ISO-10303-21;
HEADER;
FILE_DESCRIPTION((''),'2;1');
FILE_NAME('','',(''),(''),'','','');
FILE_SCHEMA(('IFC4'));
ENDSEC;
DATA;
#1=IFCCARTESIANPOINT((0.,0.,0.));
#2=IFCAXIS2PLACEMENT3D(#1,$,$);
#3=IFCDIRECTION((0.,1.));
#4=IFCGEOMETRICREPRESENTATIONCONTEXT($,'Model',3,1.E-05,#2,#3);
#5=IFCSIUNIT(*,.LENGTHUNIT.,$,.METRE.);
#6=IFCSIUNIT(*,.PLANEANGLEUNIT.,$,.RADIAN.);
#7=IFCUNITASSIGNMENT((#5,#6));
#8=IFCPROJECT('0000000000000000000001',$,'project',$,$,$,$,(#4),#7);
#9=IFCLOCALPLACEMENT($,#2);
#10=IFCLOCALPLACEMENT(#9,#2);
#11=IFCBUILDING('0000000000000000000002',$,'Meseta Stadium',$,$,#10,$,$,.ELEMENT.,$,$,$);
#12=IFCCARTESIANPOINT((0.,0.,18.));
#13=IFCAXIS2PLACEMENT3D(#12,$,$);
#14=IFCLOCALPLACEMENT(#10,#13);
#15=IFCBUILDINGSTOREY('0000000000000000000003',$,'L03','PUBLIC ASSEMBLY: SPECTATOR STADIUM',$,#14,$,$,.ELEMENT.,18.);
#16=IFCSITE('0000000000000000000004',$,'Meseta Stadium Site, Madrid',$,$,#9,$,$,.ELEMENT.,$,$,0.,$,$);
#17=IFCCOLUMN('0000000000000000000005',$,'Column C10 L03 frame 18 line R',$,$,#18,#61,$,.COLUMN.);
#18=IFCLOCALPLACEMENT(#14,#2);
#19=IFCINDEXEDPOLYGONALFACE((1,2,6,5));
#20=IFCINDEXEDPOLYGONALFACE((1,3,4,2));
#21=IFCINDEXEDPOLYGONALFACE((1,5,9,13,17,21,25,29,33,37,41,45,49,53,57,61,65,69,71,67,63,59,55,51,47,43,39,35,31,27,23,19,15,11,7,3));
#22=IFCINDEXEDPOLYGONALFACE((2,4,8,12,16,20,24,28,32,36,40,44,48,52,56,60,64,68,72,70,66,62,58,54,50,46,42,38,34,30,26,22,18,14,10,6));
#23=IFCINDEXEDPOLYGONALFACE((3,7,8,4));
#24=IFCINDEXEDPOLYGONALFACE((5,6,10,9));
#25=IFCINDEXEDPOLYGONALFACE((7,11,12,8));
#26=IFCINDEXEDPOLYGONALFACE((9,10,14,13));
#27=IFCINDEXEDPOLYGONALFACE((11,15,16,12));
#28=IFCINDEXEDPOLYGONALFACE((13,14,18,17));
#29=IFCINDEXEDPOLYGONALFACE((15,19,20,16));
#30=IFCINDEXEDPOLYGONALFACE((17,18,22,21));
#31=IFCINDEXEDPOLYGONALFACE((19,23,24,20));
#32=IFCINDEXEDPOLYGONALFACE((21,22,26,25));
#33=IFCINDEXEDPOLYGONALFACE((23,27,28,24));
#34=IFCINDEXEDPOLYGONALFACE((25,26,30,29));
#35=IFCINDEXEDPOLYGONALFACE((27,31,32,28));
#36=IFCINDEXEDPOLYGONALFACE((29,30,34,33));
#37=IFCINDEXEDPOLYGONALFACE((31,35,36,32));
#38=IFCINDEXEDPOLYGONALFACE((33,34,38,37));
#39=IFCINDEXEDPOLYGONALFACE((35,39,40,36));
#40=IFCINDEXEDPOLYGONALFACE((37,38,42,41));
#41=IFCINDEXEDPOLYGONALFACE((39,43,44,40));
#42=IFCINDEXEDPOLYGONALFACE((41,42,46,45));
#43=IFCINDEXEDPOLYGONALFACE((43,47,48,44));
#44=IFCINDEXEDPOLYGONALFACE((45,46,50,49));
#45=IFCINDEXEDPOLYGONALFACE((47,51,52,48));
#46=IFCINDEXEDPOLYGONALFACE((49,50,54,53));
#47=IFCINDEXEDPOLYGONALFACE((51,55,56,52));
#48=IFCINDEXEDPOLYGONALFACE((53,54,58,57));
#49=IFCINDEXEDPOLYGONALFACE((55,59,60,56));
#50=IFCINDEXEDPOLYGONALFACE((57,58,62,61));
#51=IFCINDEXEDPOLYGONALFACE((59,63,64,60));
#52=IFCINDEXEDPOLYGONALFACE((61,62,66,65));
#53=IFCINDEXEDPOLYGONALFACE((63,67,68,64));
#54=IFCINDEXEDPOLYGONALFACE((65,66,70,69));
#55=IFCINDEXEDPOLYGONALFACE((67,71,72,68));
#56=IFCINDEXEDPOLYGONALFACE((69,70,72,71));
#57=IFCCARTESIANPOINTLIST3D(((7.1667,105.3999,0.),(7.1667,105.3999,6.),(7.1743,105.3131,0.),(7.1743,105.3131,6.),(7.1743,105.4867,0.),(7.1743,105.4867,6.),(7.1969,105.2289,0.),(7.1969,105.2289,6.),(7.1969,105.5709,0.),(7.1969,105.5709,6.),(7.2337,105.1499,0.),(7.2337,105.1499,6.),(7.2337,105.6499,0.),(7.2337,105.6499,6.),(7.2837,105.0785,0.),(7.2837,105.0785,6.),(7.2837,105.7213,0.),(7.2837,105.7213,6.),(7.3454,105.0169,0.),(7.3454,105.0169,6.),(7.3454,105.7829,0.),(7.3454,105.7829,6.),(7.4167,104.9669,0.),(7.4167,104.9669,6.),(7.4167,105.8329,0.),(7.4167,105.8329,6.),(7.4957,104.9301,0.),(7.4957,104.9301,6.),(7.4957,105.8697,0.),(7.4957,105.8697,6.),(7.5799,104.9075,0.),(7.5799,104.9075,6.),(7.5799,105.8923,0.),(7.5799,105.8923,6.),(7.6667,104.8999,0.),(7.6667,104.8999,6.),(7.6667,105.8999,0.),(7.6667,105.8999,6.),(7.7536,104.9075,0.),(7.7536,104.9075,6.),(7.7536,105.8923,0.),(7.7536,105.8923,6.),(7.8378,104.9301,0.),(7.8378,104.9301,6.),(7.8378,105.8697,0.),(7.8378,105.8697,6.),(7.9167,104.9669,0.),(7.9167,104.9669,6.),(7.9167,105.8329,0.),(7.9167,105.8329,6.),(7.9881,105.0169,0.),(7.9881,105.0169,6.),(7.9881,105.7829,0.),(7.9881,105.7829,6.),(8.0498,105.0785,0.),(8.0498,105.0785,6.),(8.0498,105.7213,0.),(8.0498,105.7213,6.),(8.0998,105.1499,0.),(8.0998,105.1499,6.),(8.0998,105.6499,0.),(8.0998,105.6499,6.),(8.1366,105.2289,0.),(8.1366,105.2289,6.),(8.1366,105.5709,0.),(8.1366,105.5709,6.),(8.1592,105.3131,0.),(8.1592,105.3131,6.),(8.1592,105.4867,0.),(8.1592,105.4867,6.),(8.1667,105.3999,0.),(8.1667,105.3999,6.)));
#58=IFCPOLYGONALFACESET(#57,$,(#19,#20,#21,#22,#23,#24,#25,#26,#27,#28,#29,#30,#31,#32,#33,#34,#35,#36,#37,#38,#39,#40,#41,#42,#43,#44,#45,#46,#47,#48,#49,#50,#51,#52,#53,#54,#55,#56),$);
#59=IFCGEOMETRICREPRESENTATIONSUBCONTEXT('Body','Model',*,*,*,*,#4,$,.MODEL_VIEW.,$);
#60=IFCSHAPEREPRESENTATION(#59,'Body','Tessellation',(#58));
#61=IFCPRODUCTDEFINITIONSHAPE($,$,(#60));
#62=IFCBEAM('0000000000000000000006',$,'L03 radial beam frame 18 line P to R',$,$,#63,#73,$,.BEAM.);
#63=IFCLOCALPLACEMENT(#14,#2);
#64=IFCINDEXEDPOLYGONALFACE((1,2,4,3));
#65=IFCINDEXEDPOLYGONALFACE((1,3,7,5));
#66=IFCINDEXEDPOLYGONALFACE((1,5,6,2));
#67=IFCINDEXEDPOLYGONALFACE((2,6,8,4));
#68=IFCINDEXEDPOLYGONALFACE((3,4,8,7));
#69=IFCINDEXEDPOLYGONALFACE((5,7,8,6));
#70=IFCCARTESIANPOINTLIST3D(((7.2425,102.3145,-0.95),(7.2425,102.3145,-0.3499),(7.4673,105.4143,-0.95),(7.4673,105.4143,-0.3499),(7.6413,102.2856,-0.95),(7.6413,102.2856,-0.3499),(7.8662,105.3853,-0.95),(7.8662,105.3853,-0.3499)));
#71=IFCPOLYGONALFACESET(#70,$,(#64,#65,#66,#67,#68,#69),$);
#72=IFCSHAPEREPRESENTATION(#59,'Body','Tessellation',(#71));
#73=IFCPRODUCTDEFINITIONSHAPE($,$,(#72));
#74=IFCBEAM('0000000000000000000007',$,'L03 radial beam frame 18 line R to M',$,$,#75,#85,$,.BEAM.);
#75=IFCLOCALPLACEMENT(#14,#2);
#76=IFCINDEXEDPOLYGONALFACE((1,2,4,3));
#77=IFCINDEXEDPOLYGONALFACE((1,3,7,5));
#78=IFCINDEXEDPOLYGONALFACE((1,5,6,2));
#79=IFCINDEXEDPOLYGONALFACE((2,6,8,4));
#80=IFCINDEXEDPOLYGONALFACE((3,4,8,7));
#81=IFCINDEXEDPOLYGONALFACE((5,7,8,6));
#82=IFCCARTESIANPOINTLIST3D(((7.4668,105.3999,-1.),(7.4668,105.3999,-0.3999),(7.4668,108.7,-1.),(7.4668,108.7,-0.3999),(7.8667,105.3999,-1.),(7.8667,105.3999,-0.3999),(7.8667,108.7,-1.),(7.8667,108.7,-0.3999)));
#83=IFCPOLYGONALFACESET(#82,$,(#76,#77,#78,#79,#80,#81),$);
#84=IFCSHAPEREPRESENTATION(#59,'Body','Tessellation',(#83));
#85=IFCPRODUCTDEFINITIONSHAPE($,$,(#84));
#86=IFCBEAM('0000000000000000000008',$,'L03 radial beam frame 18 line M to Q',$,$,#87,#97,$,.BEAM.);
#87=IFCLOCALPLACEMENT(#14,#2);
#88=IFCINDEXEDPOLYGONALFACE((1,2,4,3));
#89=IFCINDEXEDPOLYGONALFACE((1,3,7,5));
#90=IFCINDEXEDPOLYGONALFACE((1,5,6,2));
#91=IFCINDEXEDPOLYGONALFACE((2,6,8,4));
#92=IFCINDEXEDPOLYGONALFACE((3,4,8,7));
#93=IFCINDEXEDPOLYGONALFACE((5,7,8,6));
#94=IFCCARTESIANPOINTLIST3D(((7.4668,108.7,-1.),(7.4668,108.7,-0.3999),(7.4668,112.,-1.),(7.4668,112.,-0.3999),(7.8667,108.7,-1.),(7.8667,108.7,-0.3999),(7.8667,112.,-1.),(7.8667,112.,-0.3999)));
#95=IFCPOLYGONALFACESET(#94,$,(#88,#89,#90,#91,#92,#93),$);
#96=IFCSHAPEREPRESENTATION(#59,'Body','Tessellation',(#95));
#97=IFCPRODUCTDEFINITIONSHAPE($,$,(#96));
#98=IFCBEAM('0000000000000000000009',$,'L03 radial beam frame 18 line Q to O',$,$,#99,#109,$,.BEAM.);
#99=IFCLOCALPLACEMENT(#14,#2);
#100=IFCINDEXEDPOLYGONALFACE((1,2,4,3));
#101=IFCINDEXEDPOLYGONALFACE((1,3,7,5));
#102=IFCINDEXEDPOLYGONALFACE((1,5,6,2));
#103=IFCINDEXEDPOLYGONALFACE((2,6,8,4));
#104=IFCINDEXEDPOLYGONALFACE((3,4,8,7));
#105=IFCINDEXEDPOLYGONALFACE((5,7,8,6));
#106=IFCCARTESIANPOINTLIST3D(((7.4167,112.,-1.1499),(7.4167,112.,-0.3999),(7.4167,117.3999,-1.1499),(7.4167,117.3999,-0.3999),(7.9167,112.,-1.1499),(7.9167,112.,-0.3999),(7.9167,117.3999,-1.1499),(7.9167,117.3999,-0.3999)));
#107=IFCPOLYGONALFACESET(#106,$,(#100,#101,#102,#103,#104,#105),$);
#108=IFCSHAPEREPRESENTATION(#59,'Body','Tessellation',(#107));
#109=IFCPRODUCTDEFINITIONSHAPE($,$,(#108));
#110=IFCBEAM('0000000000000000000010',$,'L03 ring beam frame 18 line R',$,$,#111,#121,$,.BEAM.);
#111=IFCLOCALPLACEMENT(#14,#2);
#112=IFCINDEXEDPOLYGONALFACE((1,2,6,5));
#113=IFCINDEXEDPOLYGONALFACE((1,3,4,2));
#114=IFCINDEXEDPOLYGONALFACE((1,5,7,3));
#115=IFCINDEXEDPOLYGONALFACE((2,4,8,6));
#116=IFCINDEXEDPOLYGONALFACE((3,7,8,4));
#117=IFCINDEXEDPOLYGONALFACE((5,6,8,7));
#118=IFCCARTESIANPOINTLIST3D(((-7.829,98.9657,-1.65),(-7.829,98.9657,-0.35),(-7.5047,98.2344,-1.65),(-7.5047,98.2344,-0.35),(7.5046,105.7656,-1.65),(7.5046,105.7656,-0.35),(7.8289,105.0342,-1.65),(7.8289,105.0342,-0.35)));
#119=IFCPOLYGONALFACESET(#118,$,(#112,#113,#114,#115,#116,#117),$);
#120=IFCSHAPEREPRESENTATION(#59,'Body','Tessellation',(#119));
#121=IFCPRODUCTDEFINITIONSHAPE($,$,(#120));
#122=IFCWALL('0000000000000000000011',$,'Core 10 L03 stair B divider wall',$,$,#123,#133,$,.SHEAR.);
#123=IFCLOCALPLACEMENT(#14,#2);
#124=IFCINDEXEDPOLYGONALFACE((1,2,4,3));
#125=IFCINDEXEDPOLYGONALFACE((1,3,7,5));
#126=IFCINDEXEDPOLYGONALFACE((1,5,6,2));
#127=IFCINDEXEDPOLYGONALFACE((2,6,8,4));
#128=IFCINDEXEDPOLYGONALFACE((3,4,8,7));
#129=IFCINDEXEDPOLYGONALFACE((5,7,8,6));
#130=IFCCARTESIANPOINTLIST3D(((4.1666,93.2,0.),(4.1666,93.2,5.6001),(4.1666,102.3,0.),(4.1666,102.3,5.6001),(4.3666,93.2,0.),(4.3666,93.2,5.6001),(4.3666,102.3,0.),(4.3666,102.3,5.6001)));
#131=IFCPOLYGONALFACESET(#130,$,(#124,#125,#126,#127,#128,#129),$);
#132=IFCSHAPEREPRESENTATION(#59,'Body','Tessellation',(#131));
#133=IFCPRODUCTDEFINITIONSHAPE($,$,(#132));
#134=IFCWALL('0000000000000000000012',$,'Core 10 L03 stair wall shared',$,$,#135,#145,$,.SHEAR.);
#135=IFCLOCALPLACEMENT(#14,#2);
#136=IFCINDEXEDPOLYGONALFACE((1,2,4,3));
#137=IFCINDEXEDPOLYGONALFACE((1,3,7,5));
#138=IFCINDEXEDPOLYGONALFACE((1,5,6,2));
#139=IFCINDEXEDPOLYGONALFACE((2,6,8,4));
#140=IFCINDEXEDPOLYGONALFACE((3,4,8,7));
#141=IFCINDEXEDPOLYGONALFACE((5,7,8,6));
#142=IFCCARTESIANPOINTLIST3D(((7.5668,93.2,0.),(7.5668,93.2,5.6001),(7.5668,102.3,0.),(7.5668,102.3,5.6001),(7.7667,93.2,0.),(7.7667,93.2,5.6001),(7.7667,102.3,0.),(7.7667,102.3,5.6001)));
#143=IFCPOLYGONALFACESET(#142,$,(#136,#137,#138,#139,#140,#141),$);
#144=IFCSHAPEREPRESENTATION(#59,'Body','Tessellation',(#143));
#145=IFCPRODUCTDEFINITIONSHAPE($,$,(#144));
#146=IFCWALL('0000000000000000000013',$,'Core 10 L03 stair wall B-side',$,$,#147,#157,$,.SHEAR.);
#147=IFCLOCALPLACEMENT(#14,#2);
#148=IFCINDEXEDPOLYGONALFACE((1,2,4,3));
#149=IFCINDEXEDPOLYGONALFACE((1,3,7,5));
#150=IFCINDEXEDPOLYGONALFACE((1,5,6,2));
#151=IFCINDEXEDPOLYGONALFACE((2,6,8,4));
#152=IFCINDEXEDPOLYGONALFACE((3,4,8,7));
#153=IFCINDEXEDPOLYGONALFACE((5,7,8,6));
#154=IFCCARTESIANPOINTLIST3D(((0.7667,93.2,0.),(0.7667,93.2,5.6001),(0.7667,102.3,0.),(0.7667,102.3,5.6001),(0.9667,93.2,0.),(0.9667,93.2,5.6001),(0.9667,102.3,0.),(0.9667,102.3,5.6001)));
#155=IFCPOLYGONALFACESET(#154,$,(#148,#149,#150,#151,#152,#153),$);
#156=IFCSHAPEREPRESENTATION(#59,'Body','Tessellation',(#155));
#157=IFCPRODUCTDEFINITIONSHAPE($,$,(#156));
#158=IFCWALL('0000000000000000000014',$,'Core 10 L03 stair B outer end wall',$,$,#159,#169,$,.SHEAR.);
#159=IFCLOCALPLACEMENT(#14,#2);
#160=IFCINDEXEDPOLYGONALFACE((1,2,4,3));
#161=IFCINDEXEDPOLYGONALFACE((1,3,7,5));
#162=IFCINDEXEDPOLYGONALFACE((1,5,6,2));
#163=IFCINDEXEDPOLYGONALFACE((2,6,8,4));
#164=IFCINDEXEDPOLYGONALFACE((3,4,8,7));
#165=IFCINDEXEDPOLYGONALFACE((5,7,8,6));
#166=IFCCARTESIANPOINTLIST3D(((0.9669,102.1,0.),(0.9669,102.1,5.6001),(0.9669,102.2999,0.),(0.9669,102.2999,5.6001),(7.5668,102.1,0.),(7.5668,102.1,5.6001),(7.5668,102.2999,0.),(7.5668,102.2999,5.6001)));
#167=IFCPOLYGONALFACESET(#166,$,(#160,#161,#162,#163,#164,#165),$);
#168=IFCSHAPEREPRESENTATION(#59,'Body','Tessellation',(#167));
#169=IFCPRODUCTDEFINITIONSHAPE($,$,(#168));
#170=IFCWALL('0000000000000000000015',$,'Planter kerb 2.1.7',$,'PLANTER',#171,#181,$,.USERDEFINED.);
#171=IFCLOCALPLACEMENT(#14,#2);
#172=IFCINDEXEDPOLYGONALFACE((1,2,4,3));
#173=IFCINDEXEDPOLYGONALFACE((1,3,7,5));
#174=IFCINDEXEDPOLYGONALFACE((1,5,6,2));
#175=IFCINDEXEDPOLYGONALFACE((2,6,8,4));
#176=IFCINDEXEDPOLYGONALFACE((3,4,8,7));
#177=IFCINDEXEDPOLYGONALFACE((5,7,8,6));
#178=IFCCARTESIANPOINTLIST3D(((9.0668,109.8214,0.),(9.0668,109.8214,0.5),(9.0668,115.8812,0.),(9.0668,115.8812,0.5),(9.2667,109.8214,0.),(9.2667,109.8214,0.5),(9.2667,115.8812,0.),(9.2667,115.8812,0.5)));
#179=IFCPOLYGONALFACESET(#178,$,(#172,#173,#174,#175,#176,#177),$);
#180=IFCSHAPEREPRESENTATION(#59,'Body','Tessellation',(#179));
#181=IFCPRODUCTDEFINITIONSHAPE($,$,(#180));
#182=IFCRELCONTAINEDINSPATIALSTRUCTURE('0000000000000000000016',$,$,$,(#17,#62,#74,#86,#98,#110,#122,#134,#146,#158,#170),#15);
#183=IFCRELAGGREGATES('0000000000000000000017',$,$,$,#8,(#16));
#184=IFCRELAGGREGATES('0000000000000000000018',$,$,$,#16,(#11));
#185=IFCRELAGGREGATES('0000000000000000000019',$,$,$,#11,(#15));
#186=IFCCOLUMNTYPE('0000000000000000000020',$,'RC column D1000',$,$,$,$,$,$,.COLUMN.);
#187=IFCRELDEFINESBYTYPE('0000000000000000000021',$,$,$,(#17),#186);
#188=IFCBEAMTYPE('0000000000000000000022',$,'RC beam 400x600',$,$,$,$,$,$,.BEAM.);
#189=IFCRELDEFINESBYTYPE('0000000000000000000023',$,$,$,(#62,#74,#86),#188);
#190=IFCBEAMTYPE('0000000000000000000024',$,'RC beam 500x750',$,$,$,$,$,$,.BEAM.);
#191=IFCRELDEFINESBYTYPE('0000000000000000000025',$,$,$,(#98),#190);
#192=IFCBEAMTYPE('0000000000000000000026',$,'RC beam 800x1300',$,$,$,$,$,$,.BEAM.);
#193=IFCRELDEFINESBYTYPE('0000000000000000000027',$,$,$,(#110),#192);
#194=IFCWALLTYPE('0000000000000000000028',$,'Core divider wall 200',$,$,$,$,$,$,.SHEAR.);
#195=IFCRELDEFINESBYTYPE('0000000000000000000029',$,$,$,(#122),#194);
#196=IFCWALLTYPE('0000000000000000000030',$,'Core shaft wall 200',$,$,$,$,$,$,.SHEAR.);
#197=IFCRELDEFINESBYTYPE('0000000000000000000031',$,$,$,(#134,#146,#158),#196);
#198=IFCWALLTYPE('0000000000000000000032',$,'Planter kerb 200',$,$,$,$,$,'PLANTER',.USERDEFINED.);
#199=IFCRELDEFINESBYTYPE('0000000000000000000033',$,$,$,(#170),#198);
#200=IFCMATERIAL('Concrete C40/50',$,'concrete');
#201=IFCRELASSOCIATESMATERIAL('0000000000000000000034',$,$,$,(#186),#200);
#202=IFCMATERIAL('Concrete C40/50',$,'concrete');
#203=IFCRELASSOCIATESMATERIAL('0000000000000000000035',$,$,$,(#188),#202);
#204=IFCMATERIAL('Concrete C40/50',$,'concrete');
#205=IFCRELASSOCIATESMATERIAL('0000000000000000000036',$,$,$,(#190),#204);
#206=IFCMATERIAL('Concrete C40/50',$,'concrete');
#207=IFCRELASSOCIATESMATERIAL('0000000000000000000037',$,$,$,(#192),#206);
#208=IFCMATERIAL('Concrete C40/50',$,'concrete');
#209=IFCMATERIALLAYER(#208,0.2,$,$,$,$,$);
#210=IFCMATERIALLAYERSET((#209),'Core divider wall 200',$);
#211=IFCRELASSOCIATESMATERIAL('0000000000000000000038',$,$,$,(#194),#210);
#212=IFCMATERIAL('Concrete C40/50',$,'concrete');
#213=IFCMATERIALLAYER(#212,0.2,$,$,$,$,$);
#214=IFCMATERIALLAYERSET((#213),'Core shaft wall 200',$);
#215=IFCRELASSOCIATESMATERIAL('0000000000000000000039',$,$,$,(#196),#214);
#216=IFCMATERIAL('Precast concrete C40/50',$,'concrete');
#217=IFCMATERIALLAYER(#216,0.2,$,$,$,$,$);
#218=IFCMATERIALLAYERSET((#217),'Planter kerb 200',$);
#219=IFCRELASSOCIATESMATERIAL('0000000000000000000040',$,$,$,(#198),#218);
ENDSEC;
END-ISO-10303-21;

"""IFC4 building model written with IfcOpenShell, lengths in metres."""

from ifc_helpers import new_model, si_unit, direction, frame, frame_2d, origin, origin_2d, place, context, subcontext, project, spatial, rectangle, circle, extrude, material, layer, layer_set, material_profile, profile_set, type_object, element, save


model = new_model("IFC4")

# Units and contexts
model_context = context("Model", 3, precision=1e-05, world=origin(), true_north=direction((0.0, 1.0)))
body_context = subcontext(model_context, "Body", "Model", "MODEL_VIEW")
ifc_project = project(units=[si_unit("LENGTHUNIT", "METRE"), si_unit("PLANEANGLEUNIT", "RADIAN")], contexts=[model_context])

# Site, building, storey
site_placement = place(None, origin())
site = spatial("IfcSite", under=ifc_project, at=site_placement, Name="Meseta Stadium Site, Madrid", CompositionType="ELEMENT", RefElevation=0.0)
building_placement = place(site_placement, origin())
building = spatial("IfcBuilding", under=site, at=building_placement, Name="Meseta Stadium", CompositionType="ELEMENT")
storey_placement = place(building_placement, frame((0.0, 0.0, 18.0)))
storey = spatial("IfcBuildingStorey", under=building, at=storey_placement, Name="L03", Description="PUBLIC ASSEMBLY: SPECTATOR STADIUM", CompositionType="ELEMENT", Elevation=18.0)

# Column
ifc_material_1 = material(Name="Concrete C40/50", Category="concrete")
ifc_material_profile_1 = material_profile(ifc_material_1, circle(Radius=0.5, at=origin_2d()), Name="RC D1000")
ifc_profile_set_1 = profile_set([ifc_material_profile_1], Name="Concrete C40/50")
column_type = type_object("IfcColumnType", Name="RC column D1000", PredefinedType="COLUMN", material=ifc_profile_set_1)
column_placement = place(storey_placement, frame((7.6667, 105.3999, 0.0), z_axis=(0.0, 0.0, 1.0), x_axis=(1.0, 0.0, 0.0)))
element("IfcColumn", 1, at=column_placement, inside=storey, type_object=column_type, Name="Column C10 L03 frame 18 line R", PredefinedType="COLUMN", context=body_context, shape_type="SweptSolid", body=[
    extrude(circle(Radius=0.5, at=origin_2d()), origin(), (0.0, 0.0, 1.0), 6.0),
])

# Beams
ifc_material_2 = material(Name="Concrete C40/50", Category="concrete")
ifc_material_profile_2 = material_profile(ifc_material_2, rectangle(XDim=0.3999, YDim=0.6001, at=origin_2d()), Name="RC 400x600")
ifc_profile_set_2 = profile_set([ifc_material_profile_2], Name="Concrete C40/50")
beam_type_1 = type_object("IfcBeamType", Name="RC beam 400x600", PredefinedType="BEAM", material=ifc_profile_set_2)
beam_1_placement = place(storey_placement, frame((7.4419, 102.3, -0.6499), z_axis=(0.072347, 0.99738, 0.0), x_axis=(-0.99738, 0.072347, 0.0)))
element("IfcBeam", 2, at=beam_1_placement, inside=storey, type_object=beam_type_1, Name="L03 radial beam frame 18 line P to R", PredefinedType="BEAM", context=body_context, shape_type="SweptSolid", body=[
    extrude(rectangle(XDim=0.3999, YDim=0.6001, at=origin_2d()), origin(), (0.0, 0.0, 1.0), 3.1079),
])
for number, where, z_axis, x_axis, name in (
    (3, (7.6667, 105.3999, -0.7), (0.0, 1.0, 0.0), (-1.0, 0.0, 0.0), "L03 radial beam frame 18 line R to M"),
    (4, (7.6667, 108.7, -0.7), (0.0, 1.0, 0.0), (-1.0, 0.0, 0.0), "L03 radial beam frame 18 line M to Q"),
):
    element("IfcBeam", number, at=place(storey_placement, frame(where, z_axis=z_axis, x_axis=x_axis)), inside=storey, type_object=beam_type_1, Name=name, PredefinedType="BEAM", context=body_context, shape_type="SweptSolid", body=[
        extrude(rectangle(XDim=0.3999, YDim=0.6001, at=origin_2d()), origin(), (0.0, 0.0, 1.0), 3.3),
    ])
ifc_material_3 = material(Name="Concrete C40/50", Category="concrete")
ifc_material_profile_3 = material_profile(ifc_material_3, rectangle(XDim=0.5, YDim=0.75, at=origin_2d()), Name="RC 500x750")
ifc_profile_set_3 = profile_set([ifc_material_profile_3], Name="Concrete C40/50")
beam_type_2 = type_object("IfcBeamType", Name="RC beam 500x750", PredefinedType="BEAM", material=ifc_profile_set_3)
beam_2_placement = place(storey_placement, frame((7.6667, 112.0, -0.7749), z_axis=(0.0, 1.0, 0.0), x_axis=(-1.0, 0.0, 0.0)))
element("IfcBeam", 5, at=beam_2_placement, inside=storey, type_object=beam_type_2, Name="L03 radial beam frame 18 line Q to O", PredefinedType="BEAM", context=body_context, shape_type="SweptSolid", body=[
    extrude(rectangle(XDim=0.5, YDim=0.75, at=origin_2d()), origin(), (0.0, 0.0, 1.0), 5.3999),
])
ifc_material_4 = material(Name="Concrete C40/50", Category="concrete")
ifc_material_profile_4 = material_profile(ifc_material_4, rectangle(XDim=0.8, YDim=1.3, at=origin_2d()), Name="RC 800x1300")
ifc_profile_set_4 = profile_set([ifc_material_profile_4], Name="Concrete C40/50")
beam_type_3 = type_object("IfcBeamType", Name="RC beam 800x1300", PredefinedType="BEAM", material=ifc_profile_set_4)
beam_3_placement = place(storey_placement, frame((7.6667, 105.3999, -1.0), z_axis=(-0.914145, -0.405387, 0.0), x_axis=(0.405387, -0.914145, 0.0)))
element("IfcBeam", 6, at=beam_3_placement, inside=storey, type_object=beam_type_3, Name="L03 ring beam frame 18 line R", PredefinedType="BEAM", context=body_context, shape_type="SweptSolid", body=[
    extrude(rectangle(XDim=0.8, YDim=1.3, at=origin_2d()), origin(), (0.0, 0.0, 1.0), 16.7737),
])

# Walls
ifc_material_5 = material(Name="Concrete C40/50", Category="concrete")
ifc_layer_1 = layer(ifc_material_5, 0.2)
ifc_layer_set_1 = layer_set([ifc_layer_1], Name="Core divider wall 200")
wall_type_1 = type_object("IfcWallType", Name="Core divider wall 200", PredefinedType="SHEAR", material=ifc_layer_set_1)
wall_1_placement = place(storey_placement, frame((4.2666, 102.3, 0.0), z_axis=(0.0, 0.0, 1.0), x_axis=(0.0, -1.0, 0.0)))
element("IfcWall", 7, at=wall_1_placement, inside=storey, type_object=wall_type_1, Name="Core 10 L03 stair B divider wall", PredefinedType="SHEAR", context=body_context, shape_type="SweptSolid", body=[
    extrude(rectangle(XDim=9.1001, YDim=0.2, at=frame_2d((4.55, 0.0))), origin(), (0.0, 0.0, 1.0), 5.6001),
])
ifc_material_6 = material(Name="Concrete C40/50", Category="concrete")
ifc_layer_2 = layer(ifc_material_6, 0.2)
ifc_layer_set_2 = layer_set([ifc_layer_2], Name="Core shaft wall 200")
wall_type_2 = type_object("IfcWallType", Name="Core shaft wall 200", PredefinedType="SHEAR", material=ifc_layer_set_2)
for number, where, z_axis, x_axis, name in (
    (8, (7.6667, 102.3, 0.0), (0.0, 0.0, 1.0), (0.0, -1.0, 0.0), "Core 10 L03 stair wall shared"),
    (9, (0.8667, 102.3, 0.0), (0.0, 0.0, 1.0), (0.0, -1.0, 0.0), "Core 10 L03 stair wall B-side"),
):
    element("IfcWall", number, at=place(storey_placement, frame(where, z_axis=z_axis, x_axis=x_axis)), inside=storey, type_object=wall_type_2, Name=name, PredefinedType="SHEAR", context=body_context, shape_type="SweptSolid", body=[
        extrude(rectangle(XDim=9.1001, YDim=0.2, at=frame_2d((4.55, 0.0))), origin(), (0.0, 0.0, 1.0), 5.6001),
    ])
wall_2_placement = place(storey_placement, frame((7.5667, 102.2, 0.0), z_axis=(0.0, 0.0, 1.0), x_axis=(-1.0, 0.0, 0.0)))
element("IfcWall", 10, at=wall_2_placement, inside=storey, type_object=wall_type_2, Name="Core 10 L03 stair B outer end wall", PredefinedType="SHEAR", context=body_context, shape_type="SweptSolid", body=[
    extrude(rectangle(XDim=6.5999, YDim=0.2, at=frame_2d((3.2998, 0.0))), origin(), (0.0, 0.0, 1.0), 5.6001),
])
ifc_material_7 = material(Name="Precast concrete C40/50", Category="concrete")
ifc_layer_3 = layer(ifc_material_7, 0.2)
ifc_layer_set_3 = layer_set([ifc_layer_3], Name="Planter kerb 200")
wall_type_3 = type_object("IfcWallType", Name="Planter kerb 200", ElementType="PLANTER", PredefinedType="USERDEFINED", material=ifc_layer_set_3)
wall_3_placement = place(storey_placement, frame((9.1667, 109.8215, 0.0), z_axis=(0.0, 0.0, 1.0), x_axis=(0.0, 1.0, 0.0)))
element("IfcWall", 11, at=wall_3_placement, inside=storey, type_object=wall_type_3, Name="Planter kerb 2.1.7", ObjectType="PLANTER", PredefinedType="USERDEFINED", context=body_context, shape_type="SweptSolid", body=[
    extrude(rectangle(XDim=6.0598, YDim=0.2, at=frame_2d((3.0298, 0.0))), origin(), (0.0, 0.0, 1.0), 0.5),
])

save(model, "model.ifc")
